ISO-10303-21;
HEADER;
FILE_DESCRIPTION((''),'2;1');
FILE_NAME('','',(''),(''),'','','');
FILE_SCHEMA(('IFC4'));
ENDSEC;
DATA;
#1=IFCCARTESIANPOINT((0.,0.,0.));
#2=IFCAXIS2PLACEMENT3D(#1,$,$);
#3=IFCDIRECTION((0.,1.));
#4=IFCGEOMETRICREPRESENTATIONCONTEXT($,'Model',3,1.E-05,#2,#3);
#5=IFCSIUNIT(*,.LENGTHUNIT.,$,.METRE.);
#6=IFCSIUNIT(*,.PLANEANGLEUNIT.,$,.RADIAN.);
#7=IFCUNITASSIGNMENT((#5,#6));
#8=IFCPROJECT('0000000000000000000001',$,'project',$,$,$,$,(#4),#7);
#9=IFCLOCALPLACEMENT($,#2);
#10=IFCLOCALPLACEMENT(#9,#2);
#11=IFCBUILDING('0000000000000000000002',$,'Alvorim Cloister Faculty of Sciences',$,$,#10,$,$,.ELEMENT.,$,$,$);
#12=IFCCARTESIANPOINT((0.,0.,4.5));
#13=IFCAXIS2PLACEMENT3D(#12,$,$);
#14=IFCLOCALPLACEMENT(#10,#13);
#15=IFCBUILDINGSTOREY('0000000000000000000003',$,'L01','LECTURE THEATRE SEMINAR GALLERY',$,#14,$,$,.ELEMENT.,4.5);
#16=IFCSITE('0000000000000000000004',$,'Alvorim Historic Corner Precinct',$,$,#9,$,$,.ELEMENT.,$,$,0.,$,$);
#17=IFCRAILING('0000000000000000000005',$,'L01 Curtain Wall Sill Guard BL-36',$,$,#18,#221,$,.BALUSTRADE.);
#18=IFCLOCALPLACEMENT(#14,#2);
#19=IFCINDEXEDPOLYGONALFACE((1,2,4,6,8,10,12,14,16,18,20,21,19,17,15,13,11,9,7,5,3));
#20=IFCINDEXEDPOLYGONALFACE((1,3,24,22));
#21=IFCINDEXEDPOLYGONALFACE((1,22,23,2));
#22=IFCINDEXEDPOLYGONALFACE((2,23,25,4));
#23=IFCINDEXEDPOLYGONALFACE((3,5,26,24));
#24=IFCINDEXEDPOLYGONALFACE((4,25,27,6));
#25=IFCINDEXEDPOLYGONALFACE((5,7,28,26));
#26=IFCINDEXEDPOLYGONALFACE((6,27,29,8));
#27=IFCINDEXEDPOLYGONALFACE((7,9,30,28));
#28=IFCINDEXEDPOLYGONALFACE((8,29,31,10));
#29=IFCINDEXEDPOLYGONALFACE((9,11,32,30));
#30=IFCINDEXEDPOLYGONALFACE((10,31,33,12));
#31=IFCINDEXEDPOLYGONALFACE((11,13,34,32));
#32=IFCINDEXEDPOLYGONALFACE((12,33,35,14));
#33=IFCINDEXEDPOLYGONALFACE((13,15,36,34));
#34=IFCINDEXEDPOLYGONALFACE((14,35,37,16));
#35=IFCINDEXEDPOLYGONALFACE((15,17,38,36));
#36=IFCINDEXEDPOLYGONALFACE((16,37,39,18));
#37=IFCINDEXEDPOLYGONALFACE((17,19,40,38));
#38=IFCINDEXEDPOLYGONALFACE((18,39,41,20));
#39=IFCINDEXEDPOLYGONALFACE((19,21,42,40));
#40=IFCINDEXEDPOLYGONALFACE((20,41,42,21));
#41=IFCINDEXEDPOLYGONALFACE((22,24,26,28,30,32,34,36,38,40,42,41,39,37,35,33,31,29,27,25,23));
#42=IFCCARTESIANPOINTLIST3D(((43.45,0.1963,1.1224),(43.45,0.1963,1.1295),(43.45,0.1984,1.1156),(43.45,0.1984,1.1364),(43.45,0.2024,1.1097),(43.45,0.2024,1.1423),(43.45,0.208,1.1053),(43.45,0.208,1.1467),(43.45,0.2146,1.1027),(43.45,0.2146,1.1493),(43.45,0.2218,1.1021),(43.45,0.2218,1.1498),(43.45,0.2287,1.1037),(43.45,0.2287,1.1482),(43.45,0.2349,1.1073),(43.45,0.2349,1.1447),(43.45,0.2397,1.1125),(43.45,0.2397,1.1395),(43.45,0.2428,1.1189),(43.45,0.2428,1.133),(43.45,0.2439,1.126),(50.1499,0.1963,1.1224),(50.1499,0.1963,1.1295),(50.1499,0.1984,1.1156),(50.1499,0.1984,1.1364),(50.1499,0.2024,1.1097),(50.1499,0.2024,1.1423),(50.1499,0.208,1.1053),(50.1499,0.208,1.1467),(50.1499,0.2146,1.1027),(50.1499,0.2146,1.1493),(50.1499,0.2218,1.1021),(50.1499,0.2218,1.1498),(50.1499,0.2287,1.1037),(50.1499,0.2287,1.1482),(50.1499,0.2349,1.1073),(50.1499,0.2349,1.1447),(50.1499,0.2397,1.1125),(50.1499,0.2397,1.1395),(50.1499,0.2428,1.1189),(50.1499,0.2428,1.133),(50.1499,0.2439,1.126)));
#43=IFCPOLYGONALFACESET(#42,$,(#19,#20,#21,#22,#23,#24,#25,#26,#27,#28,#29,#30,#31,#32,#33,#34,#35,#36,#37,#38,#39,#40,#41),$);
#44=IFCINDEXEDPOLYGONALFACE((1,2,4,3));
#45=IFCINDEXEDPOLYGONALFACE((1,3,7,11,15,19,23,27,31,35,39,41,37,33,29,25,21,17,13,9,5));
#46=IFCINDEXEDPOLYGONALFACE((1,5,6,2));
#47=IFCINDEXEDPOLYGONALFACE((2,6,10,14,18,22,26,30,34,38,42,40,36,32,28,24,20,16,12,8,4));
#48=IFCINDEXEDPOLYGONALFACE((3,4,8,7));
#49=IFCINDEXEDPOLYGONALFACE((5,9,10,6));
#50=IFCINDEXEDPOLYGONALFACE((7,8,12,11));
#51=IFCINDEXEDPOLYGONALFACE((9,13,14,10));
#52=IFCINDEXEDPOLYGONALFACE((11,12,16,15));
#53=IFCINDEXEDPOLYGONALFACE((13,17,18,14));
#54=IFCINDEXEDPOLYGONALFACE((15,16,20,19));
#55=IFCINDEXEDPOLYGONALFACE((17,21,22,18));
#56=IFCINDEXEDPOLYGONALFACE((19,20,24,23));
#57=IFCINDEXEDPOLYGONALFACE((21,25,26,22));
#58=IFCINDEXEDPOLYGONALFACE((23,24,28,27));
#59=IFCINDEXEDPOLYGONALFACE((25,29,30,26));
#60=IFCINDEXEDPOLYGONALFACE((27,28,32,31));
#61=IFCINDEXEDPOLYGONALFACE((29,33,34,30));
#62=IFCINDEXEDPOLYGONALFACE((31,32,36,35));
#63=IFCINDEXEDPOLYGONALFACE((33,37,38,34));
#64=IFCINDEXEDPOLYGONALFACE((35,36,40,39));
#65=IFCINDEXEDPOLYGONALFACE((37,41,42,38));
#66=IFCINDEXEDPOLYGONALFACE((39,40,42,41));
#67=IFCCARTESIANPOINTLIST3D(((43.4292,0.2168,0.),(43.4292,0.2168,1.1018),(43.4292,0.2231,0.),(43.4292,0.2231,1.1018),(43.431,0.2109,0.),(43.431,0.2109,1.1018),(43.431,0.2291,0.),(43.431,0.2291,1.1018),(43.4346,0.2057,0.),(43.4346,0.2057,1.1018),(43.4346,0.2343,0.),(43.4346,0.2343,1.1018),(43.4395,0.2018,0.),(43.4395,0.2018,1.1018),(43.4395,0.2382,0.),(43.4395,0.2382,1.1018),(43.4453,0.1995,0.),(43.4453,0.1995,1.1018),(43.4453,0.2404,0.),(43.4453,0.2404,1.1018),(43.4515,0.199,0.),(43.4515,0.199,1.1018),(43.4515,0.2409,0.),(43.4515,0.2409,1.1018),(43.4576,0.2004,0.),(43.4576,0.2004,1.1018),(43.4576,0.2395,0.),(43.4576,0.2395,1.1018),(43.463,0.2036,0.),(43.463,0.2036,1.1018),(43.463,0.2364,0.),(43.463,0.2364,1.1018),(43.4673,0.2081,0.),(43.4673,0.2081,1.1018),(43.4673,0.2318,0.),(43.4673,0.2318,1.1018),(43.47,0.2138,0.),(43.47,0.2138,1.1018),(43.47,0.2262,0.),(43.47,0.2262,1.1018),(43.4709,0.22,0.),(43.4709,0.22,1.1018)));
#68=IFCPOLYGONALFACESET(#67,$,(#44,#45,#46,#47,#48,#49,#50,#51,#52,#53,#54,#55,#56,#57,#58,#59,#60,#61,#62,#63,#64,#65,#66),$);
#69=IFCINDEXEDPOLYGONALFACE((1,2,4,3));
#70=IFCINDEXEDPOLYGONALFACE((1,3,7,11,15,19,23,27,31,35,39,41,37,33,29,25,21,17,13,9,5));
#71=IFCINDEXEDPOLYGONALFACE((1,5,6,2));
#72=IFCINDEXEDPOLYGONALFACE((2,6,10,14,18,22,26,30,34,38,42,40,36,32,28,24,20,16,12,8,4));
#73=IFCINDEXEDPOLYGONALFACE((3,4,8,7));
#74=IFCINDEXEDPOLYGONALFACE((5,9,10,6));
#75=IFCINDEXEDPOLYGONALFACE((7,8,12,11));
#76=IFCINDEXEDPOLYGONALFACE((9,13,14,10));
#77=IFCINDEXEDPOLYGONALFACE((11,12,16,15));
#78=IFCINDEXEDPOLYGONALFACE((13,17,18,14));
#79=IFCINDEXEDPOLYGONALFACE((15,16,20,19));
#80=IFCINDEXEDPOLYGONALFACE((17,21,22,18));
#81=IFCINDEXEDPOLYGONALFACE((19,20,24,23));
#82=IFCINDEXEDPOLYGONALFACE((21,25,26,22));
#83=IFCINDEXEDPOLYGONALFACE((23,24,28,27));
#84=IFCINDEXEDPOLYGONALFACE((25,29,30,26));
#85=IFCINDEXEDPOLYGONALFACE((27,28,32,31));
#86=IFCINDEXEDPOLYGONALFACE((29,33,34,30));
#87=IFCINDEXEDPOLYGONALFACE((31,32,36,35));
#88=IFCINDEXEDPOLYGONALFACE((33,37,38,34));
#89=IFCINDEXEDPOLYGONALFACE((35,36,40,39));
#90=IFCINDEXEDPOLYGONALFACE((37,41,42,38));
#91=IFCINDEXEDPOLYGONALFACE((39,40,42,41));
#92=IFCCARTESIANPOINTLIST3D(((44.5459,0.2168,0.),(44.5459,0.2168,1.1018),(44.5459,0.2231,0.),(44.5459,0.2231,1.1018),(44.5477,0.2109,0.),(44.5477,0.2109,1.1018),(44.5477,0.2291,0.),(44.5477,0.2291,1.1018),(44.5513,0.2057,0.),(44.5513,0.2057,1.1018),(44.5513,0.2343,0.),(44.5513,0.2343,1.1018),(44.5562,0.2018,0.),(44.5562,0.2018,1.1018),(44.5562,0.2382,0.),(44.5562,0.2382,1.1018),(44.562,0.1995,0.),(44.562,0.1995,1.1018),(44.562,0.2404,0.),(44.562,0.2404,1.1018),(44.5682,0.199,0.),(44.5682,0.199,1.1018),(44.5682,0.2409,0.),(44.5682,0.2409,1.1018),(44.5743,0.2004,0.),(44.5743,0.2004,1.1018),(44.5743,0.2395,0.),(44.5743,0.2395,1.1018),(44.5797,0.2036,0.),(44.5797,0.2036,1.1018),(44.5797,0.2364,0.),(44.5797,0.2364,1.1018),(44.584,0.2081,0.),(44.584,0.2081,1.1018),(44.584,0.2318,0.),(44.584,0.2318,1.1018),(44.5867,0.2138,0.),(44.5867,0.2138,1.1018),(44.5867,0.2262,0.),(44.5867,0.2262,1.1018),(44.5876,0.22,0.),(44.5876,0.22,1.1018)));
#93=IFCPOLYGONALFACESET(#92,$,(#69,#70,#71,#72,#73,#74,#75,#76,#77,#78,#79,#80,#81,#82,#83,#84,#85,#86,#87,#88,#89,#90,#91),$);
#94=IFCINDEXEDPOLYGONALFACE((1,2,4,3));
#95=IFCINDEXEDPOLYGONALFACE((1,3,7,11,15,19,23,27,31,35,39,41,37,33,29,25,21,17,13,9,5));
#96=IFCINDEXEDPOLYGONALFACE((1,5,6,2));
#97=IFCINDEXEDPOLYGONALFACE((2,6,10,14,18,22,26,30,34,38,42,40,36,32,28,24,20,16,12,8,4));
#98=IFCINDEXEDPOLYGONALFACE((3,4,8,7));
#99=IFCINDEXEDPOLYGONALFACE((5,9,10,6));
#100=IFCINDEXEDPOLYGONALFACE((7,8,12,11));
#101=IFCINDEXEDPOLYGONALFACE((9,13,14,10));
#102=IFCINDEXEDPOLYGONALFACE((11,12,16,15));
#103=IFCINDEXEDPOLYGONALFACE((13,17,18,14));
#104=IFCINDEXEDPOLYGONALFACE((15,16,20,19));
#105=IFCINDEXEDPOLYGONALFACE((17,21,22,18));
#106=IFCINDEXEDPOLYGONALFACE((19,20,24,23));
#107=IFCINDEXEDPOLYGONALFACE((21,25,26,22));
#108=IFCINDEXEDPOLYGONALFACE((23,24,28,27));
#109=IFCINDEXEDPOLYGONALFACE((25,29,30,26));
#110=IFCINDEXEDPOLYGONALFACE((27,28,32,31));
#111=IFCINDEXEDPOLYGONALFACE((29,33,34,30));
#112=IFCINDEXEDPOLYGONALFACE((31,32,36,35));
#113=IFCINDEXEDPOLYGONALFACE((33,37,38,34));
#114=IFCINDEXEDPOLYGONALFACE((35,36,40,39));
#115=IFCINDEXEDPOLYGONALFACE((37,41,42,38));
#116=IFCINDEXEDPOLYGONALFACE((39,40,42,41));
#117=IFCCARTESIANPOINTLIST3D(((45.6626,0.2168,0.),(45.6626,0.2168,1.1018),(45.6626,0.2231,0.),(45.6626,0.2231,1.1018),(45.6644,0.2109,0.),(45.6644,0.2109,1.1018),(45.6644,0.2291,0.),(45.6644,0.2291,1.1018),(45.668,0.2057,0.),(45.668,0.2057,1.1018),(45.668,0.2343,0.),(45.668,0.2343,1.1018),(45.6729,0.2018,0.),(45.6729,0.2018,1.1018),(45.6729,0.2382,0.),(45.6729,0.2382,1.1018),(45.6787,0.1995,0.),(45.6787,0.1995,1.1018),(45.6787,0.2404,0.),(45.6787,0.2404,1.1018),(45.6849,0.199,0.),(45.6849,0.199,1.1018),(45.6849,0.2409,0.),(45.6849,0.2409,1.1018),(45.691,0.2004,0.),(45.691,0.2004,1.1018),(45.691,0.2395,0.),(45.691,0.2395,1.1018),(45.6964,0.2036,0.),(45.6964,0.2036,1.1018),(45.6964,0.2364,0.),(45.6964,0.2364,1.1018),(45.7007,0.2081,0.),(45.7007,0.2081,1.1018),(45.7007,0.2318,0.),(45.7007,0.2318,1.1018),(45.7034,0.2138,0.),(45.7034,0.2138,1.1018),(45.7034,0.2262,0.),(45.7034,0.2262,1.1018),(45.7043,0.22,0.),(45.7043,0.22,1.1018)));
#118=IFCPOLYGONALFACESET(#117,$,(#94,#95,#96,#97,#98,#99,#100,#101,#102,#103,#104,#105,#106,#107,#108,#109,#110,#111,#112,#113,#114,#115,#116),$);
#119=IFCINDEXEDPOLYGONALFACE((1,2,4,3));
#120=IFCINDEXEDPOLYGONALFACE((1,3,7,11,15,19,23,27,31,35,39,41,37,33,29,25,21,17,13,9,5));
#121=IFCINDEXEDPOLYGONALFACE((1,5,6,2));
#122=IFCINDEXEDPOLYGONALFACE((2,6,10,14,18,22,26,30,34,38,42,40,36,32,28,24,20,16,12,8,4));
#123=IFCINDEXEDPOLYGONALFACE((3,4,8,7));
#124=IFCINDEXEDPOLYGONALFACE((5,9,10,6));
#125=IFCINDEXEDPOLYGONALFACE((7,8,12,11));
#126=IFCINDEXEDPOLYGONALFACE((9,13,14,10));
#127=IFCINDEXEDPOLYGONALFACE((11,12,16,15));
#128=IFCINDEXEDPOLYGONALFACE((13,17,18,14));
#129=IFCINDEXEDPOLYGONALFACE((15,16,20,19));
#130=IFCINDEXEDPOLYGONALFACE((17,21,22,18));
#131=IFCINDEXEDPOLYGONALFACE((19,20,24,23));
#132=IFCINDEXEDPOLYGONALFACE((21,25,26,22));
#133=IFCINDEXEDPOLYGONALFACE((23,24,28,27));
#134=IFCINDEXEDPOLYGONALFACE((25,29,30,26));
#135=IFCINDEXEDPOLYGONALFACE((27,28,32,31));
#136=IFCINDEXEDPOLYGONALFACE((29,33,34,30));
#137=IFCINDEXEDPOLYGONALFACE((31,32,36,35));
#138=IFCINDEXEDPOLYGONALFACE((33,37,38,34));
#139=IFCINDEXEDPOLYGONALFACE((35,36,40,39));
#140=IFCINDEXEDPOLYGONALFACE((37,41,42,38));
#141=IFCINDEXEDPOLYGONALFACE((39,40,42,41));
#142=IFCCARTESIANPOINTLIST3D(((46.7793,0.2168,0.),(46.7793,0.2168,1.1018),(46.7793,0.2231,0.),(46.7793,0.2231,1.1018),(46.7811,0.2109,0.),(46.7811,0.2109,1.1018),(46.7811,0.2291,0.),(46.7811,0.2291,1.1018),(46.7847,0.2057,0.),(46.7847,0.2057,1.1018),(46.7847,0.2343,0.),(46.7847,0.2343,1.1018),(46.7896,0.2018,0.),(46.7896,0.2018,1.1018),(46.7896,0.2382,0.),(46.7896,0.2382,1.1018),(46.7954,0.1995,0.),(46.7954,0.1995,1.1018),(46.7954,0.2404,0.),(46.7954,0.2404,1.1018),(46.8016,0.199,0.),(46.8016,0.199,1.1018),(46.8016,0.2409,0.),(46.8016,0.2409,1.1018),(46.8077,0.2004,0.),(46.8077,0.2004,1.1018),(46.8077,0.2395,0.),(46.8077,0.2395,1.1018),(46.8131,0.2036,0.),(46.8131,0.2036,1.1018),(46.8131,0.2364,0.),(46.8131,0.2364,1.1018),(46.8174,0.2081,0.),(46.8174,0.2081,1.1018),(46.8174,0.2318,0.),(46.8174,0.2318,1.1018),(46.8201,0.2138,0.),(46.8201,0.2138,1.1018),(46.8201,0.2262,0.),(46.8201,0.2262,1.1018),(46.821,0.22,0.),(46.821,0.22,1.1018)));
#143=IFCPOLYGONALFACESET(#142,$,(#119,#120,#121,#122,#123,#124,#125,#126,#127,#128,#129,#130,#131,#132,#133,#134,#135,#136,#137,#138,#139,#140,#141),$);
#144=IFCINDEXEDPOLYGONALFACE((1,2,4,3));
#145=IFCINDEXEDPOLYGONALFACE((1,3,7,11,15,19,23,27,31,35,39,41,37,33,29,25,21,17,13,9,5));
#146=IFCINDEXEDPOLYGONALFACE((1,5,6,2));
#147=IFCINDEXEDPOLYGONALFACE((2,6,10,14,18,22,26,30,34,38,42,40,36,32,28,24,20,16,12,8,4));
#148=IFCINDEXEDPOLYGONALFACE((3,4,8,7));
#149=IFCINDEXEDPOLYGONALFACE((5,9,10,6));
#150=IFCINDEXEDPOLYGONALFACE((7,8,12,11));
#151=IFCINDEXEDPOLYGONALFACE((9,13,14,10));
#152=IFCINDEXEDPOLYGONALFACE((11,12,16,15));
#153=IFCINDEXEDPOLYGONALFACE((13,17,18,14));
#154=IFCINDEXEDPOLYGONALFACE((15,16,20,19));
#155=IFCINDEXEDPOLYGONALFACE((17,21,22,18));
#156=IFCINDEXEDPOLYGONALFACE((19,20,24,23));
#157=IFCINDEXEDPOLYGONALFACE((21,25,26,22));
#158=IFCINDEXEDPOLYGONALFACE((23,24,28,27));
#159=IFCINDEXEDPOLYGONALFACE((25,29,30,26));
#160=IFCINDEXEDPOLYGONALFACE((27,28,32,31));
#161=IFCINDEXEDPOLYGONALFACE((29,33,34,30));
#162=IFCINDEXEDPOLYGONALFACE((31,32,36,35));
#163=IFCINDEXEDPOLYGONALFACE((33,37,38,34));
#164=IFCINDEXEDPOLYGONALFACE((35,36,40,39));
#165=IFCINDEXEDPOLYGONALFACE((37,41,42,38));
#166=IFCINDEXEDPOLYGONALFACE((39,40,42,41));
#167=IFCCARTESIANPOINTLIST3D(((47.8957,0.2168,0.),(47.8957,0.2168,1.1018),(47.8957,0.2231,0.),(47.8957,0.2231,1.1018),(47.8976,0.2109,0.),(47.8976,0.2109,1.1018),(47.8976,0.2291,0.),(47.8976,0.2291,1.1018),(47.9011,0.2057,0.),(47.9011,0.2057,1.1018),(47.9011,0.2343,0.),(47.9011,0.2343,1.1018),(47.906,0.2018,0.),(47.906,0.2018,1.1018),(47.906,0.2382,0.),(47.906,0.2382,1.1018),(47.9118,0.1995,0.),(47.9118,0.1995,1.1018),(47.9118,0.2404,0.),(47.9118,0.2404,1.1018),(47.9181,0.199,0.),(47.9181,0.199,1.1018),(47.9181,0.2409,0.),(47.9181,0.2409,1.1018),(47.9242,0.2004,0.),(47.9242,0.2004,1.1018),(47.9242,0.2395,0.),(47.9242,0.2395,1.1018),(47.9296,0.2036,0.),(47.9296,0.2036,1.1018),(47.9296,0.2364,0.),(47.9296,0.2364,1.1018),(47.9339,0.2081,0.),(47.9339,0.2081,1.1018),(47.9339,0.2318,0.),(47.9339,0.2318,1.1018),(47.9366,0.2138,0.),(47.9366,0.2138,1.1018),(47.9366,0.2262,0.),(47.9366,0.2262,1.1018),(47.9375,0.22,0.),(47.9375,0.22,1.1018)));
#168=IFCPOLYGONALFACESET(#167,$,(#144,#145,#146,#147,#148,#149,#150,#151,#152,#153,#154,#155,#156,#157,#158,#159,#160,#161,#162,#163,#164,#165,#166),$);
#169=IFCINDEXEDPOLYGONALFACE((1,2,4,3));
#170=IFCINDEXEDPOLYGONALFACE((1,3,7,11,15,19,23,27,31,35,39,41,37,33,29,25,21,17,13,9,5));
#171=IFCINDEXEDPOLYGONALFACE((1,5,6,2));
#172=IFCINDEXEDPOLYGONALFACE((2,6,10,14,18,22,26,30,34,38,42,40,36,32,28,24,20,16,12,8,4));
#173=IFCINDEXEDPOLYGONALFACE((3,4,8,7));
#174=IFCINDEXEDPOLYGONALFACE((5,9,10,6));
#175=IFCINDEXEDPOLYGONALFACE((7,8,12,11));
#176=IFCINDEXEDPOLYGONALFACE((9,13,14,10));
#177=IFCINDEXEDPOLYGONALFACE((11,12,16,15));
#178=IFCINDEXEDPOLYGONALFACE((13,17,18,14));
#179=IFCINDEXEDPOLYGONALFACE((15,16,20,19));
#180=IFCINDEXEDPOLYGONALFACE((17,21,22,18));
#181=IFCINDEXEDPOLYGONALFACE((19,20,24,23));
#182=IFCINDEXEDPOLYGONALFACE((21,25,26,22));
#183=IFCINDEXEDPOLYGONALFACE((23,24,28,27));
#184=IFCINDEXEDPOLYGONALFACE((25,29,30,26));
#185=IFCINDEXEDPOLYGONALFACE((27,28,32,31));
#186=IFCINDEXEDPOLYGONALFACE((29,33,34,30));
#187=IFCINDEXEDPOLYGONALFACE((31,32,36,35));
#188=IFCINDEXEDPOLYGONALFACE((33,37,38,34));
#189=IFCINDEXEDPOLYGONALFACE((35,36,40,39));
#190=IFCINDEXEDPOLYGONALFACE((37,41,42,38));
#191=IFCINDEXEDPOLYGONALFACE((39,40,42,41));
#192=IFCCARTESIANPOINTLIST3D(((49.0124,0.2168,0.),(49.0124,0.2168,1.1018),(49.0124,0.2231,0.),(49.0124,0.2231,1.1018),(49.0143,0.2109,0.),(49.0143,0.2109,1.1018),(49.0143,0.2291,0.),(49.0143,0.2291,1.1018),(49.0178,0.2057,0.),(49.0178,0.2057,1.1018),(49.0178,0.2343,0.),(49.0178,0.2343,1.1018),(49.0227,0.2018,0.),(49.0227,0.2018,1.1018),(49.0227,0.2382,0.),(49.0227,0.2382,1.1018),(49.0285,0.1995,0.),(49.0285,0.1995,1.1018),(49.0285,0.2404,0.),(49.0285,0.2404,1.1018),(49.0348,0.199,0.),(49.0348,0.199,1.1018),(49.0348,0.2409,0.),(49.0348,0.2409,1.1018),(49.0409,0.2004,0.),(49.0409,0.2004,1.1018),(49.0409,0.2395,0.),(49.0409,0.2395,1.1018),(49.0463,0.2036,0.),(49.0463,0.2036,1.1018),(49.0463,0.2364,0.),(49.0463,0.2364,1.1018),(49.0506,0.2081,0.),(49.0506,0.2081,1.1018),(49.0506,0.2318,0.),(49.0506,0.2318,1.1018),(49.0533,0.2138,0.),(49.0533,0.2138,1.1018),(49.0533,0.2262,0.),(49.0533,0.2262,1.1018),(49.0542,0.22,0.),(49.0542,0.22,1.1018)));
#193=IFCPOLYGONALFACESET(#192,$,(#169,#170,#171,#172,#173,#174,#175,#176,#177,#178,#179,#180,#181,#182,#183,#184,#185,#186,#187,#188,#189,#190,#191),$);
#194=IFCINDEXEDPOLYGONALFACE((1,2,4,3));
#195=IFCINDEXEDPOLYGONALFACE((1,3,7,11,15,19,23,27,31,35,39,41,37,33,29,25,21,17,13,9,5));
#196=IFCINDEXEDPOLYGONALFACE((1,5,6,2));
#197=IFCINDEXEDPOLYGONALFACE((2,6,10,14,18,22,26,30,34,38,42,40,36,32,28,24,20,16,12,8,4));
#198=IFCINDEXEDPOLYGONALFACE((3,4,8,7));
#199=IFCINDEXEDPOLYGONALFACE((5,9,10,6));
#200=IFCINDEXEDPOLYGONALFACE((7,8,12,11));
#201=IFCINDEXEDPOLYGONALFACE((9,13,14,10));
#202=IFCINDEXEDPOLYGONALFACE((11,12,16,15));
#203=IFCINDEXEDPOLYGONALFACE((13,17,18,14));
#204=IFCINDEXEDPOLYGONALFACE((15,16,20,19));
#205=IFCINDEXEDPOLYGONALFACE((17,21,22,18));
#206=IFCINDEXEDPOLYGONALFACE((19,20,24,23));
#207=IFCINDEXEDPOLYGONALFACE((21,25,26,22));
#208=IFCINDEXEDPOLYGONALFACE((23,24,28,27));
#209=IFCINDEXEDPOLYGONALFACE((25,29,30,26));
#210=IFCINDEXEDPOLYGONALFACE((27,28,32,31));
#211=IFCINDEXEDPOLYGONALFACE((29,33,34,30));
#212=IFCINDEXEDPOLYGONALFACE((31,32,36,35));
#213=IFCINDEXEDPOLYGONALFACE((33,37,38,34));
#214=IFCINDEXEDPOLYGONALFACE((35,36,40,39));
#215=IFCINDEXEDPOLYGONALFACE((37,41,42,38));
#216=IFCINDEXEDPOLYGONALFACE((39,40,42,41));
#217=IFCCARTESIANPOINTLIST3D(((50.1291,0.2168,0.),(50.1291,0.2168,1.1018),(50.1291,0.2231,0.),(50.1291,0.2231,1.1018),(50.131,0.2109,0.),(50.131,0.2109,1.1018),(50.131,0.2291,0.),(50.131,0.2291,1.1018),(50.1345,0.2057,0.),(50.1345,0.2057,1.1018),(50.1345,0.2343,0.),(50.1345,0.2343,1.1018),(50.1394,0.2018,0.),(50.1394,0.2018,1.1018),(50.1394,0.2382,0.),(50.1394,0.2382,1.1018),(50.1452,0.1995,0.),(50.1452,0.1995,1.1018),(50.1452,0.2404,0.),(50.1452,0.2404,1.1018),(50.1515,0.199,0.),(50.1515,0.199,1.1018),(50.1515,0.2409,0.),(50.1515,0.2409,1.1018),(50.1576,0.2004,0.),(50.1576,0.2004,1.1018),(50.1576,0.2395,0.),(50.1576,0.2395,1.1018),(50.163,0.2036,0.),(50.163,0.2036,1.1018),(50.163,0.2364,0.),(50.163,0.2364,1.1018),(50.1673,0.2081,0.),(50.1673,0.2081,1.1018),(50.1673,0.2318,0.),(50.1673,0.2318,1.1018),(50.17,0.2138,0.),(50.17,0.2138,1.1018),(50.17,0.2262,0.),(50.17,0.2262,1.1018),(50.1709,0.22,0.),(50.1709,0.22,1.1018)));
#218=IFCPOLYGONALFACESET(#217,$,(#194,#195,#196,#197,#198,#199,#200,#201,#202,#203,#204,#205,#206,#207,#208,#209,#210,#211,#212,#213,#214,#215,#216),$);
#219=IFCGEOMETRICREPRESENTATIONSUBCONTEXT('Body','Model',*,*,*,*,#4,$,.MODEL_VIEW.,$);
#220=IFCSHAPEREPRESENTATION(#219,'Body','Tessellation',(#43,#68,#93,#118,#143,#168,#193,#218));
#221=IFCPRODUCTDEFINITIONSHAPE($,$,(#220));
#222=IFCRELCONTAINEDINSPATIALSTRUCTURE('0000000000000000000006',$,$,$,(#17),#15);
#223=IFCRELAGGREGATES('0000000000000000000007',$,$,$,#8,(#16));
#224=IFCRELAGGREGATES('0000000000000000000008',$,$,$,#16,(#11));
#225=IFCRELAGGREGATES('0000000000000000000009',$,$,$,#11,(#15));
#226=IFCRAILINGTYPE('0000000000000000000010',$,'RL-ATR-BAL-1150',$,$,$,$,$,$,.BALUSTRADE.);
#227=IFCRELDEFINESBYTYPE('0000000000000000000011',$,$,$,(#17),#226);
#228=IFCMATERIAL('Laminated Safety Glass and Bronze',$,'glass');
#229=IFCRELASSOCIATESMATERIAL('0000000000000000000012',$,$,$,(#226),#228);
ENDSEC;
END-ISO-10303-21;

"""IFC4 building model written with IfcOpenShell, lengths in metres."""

from ifc_helpers import new_model, si_unit, direction, frame, origin, origin_2d, place, context, subcontext, project, spatial, circle, extrude, material, type_object, element, save


model = new_model("IFC4")

# Units and contexts
model_context = context("Model", 3, precision=1e-05, world=origin(), true_north=direction((0.0, 1.0)))
body_context = subcontext(model_context, "Body", "Model", "MODEL_VIEW")
ifc_project = project(units=[si_unit("LENGTHUNIT", "METRE"), si_unit("PLANEANGLEUNIT", "RADIAN")], contexts=[model_context])

# Site, building, storey
site_placement = place(None, origin())
site = spatial("IfcSite", under=ifc_project, at=site_placement, Name="Alvorim Historic Corner Precinct", CompositionType="ELEMENT", RefElevation=0.0)
building_placement = place(site_placement, origin())
building = spatial("IfcBuilding", under=site, at=building_placement, Name="Alvorim Cloister Faculty of Sciences", CompositionType="ELEMENT")
storey_placement = place(building_placement, frame((0.0, 0.0, 4.5)))
storey = spatial("IfcBuildingStorey", under=building, at=storey_placement, Name="L01", Description="LECTURE THEATRE SEMINAR GALLERY", CompositionType="ELEMENT", Elevation=4.5)

# Railing
ifc_material_1 = material(Name="Laminated Safety Glass and Bronze", Category="glass")
railing_type = type_object("IfcRailingType", Name="RL-ATR-BAL-1150", PredefinedType="BALUSTRADE", material=ifc_material_1)
railing_placement = place(storey_placement, frame((43.45, 0.22, 0.0)))
element("IfcRailing", 1, at=railing_placement, inside=storey, type_object=railing_type, Name="L01 Curtain Wall Sill Guard BL-36", PredefinedType="BALUSTRADE", context=body_context, shape_type="SweptSolid", body=[
    extrude(circle(Radius=0.0239, at=origin_2d()), frame((0.0, 0.0, 1.126), z_axis=(1.0, 0.0, 0.0), x_axis=(0.0, 1.0, 0.0)), (0.0, 0.0, 1.0), 6.7),
    extrude(circle(Radius=0.021, at=origin_2d()), origin(), (0.0, 0.0, 1.0), 1.1018),
    extrude(circle(Radius=0.021, at=origin_2d()), frame((1.1167, 0.0, 0.0)), (0.0, 0.0, 1.0), 1.1018),
    extrude(circle(Radius=0.021, at=origin_2d()), frame((2.2334, 0.0, 0.0)), (0.0, 0.0, 1.0), 1.1018),
    extrude(circle(Radius=0.021, at=origin_2d()), frame((3.3501, 0.0, 0.0)), (0.0, 0.0, 1.0), 1.1018),
    extrude(circle(Radius=0.021, at=origin_2d()), frame((4.4666, 0.0, 0.0)), (0.0, 0.0, 1.0), 1.1018),
    extrude(circle(Radius=0.021, at=origin_2d()), frame((5.5833, 0.0, 0.0)), (0.0, 0.0, 1.0), 1.1018),
    extrude(circle(Radius=0.021, at=origin_2d()), frame((6.7, 0.0, 0.0)), (0.0, 0.0, 1.0), 1.1018),
])

save(model, "model.ifc")
